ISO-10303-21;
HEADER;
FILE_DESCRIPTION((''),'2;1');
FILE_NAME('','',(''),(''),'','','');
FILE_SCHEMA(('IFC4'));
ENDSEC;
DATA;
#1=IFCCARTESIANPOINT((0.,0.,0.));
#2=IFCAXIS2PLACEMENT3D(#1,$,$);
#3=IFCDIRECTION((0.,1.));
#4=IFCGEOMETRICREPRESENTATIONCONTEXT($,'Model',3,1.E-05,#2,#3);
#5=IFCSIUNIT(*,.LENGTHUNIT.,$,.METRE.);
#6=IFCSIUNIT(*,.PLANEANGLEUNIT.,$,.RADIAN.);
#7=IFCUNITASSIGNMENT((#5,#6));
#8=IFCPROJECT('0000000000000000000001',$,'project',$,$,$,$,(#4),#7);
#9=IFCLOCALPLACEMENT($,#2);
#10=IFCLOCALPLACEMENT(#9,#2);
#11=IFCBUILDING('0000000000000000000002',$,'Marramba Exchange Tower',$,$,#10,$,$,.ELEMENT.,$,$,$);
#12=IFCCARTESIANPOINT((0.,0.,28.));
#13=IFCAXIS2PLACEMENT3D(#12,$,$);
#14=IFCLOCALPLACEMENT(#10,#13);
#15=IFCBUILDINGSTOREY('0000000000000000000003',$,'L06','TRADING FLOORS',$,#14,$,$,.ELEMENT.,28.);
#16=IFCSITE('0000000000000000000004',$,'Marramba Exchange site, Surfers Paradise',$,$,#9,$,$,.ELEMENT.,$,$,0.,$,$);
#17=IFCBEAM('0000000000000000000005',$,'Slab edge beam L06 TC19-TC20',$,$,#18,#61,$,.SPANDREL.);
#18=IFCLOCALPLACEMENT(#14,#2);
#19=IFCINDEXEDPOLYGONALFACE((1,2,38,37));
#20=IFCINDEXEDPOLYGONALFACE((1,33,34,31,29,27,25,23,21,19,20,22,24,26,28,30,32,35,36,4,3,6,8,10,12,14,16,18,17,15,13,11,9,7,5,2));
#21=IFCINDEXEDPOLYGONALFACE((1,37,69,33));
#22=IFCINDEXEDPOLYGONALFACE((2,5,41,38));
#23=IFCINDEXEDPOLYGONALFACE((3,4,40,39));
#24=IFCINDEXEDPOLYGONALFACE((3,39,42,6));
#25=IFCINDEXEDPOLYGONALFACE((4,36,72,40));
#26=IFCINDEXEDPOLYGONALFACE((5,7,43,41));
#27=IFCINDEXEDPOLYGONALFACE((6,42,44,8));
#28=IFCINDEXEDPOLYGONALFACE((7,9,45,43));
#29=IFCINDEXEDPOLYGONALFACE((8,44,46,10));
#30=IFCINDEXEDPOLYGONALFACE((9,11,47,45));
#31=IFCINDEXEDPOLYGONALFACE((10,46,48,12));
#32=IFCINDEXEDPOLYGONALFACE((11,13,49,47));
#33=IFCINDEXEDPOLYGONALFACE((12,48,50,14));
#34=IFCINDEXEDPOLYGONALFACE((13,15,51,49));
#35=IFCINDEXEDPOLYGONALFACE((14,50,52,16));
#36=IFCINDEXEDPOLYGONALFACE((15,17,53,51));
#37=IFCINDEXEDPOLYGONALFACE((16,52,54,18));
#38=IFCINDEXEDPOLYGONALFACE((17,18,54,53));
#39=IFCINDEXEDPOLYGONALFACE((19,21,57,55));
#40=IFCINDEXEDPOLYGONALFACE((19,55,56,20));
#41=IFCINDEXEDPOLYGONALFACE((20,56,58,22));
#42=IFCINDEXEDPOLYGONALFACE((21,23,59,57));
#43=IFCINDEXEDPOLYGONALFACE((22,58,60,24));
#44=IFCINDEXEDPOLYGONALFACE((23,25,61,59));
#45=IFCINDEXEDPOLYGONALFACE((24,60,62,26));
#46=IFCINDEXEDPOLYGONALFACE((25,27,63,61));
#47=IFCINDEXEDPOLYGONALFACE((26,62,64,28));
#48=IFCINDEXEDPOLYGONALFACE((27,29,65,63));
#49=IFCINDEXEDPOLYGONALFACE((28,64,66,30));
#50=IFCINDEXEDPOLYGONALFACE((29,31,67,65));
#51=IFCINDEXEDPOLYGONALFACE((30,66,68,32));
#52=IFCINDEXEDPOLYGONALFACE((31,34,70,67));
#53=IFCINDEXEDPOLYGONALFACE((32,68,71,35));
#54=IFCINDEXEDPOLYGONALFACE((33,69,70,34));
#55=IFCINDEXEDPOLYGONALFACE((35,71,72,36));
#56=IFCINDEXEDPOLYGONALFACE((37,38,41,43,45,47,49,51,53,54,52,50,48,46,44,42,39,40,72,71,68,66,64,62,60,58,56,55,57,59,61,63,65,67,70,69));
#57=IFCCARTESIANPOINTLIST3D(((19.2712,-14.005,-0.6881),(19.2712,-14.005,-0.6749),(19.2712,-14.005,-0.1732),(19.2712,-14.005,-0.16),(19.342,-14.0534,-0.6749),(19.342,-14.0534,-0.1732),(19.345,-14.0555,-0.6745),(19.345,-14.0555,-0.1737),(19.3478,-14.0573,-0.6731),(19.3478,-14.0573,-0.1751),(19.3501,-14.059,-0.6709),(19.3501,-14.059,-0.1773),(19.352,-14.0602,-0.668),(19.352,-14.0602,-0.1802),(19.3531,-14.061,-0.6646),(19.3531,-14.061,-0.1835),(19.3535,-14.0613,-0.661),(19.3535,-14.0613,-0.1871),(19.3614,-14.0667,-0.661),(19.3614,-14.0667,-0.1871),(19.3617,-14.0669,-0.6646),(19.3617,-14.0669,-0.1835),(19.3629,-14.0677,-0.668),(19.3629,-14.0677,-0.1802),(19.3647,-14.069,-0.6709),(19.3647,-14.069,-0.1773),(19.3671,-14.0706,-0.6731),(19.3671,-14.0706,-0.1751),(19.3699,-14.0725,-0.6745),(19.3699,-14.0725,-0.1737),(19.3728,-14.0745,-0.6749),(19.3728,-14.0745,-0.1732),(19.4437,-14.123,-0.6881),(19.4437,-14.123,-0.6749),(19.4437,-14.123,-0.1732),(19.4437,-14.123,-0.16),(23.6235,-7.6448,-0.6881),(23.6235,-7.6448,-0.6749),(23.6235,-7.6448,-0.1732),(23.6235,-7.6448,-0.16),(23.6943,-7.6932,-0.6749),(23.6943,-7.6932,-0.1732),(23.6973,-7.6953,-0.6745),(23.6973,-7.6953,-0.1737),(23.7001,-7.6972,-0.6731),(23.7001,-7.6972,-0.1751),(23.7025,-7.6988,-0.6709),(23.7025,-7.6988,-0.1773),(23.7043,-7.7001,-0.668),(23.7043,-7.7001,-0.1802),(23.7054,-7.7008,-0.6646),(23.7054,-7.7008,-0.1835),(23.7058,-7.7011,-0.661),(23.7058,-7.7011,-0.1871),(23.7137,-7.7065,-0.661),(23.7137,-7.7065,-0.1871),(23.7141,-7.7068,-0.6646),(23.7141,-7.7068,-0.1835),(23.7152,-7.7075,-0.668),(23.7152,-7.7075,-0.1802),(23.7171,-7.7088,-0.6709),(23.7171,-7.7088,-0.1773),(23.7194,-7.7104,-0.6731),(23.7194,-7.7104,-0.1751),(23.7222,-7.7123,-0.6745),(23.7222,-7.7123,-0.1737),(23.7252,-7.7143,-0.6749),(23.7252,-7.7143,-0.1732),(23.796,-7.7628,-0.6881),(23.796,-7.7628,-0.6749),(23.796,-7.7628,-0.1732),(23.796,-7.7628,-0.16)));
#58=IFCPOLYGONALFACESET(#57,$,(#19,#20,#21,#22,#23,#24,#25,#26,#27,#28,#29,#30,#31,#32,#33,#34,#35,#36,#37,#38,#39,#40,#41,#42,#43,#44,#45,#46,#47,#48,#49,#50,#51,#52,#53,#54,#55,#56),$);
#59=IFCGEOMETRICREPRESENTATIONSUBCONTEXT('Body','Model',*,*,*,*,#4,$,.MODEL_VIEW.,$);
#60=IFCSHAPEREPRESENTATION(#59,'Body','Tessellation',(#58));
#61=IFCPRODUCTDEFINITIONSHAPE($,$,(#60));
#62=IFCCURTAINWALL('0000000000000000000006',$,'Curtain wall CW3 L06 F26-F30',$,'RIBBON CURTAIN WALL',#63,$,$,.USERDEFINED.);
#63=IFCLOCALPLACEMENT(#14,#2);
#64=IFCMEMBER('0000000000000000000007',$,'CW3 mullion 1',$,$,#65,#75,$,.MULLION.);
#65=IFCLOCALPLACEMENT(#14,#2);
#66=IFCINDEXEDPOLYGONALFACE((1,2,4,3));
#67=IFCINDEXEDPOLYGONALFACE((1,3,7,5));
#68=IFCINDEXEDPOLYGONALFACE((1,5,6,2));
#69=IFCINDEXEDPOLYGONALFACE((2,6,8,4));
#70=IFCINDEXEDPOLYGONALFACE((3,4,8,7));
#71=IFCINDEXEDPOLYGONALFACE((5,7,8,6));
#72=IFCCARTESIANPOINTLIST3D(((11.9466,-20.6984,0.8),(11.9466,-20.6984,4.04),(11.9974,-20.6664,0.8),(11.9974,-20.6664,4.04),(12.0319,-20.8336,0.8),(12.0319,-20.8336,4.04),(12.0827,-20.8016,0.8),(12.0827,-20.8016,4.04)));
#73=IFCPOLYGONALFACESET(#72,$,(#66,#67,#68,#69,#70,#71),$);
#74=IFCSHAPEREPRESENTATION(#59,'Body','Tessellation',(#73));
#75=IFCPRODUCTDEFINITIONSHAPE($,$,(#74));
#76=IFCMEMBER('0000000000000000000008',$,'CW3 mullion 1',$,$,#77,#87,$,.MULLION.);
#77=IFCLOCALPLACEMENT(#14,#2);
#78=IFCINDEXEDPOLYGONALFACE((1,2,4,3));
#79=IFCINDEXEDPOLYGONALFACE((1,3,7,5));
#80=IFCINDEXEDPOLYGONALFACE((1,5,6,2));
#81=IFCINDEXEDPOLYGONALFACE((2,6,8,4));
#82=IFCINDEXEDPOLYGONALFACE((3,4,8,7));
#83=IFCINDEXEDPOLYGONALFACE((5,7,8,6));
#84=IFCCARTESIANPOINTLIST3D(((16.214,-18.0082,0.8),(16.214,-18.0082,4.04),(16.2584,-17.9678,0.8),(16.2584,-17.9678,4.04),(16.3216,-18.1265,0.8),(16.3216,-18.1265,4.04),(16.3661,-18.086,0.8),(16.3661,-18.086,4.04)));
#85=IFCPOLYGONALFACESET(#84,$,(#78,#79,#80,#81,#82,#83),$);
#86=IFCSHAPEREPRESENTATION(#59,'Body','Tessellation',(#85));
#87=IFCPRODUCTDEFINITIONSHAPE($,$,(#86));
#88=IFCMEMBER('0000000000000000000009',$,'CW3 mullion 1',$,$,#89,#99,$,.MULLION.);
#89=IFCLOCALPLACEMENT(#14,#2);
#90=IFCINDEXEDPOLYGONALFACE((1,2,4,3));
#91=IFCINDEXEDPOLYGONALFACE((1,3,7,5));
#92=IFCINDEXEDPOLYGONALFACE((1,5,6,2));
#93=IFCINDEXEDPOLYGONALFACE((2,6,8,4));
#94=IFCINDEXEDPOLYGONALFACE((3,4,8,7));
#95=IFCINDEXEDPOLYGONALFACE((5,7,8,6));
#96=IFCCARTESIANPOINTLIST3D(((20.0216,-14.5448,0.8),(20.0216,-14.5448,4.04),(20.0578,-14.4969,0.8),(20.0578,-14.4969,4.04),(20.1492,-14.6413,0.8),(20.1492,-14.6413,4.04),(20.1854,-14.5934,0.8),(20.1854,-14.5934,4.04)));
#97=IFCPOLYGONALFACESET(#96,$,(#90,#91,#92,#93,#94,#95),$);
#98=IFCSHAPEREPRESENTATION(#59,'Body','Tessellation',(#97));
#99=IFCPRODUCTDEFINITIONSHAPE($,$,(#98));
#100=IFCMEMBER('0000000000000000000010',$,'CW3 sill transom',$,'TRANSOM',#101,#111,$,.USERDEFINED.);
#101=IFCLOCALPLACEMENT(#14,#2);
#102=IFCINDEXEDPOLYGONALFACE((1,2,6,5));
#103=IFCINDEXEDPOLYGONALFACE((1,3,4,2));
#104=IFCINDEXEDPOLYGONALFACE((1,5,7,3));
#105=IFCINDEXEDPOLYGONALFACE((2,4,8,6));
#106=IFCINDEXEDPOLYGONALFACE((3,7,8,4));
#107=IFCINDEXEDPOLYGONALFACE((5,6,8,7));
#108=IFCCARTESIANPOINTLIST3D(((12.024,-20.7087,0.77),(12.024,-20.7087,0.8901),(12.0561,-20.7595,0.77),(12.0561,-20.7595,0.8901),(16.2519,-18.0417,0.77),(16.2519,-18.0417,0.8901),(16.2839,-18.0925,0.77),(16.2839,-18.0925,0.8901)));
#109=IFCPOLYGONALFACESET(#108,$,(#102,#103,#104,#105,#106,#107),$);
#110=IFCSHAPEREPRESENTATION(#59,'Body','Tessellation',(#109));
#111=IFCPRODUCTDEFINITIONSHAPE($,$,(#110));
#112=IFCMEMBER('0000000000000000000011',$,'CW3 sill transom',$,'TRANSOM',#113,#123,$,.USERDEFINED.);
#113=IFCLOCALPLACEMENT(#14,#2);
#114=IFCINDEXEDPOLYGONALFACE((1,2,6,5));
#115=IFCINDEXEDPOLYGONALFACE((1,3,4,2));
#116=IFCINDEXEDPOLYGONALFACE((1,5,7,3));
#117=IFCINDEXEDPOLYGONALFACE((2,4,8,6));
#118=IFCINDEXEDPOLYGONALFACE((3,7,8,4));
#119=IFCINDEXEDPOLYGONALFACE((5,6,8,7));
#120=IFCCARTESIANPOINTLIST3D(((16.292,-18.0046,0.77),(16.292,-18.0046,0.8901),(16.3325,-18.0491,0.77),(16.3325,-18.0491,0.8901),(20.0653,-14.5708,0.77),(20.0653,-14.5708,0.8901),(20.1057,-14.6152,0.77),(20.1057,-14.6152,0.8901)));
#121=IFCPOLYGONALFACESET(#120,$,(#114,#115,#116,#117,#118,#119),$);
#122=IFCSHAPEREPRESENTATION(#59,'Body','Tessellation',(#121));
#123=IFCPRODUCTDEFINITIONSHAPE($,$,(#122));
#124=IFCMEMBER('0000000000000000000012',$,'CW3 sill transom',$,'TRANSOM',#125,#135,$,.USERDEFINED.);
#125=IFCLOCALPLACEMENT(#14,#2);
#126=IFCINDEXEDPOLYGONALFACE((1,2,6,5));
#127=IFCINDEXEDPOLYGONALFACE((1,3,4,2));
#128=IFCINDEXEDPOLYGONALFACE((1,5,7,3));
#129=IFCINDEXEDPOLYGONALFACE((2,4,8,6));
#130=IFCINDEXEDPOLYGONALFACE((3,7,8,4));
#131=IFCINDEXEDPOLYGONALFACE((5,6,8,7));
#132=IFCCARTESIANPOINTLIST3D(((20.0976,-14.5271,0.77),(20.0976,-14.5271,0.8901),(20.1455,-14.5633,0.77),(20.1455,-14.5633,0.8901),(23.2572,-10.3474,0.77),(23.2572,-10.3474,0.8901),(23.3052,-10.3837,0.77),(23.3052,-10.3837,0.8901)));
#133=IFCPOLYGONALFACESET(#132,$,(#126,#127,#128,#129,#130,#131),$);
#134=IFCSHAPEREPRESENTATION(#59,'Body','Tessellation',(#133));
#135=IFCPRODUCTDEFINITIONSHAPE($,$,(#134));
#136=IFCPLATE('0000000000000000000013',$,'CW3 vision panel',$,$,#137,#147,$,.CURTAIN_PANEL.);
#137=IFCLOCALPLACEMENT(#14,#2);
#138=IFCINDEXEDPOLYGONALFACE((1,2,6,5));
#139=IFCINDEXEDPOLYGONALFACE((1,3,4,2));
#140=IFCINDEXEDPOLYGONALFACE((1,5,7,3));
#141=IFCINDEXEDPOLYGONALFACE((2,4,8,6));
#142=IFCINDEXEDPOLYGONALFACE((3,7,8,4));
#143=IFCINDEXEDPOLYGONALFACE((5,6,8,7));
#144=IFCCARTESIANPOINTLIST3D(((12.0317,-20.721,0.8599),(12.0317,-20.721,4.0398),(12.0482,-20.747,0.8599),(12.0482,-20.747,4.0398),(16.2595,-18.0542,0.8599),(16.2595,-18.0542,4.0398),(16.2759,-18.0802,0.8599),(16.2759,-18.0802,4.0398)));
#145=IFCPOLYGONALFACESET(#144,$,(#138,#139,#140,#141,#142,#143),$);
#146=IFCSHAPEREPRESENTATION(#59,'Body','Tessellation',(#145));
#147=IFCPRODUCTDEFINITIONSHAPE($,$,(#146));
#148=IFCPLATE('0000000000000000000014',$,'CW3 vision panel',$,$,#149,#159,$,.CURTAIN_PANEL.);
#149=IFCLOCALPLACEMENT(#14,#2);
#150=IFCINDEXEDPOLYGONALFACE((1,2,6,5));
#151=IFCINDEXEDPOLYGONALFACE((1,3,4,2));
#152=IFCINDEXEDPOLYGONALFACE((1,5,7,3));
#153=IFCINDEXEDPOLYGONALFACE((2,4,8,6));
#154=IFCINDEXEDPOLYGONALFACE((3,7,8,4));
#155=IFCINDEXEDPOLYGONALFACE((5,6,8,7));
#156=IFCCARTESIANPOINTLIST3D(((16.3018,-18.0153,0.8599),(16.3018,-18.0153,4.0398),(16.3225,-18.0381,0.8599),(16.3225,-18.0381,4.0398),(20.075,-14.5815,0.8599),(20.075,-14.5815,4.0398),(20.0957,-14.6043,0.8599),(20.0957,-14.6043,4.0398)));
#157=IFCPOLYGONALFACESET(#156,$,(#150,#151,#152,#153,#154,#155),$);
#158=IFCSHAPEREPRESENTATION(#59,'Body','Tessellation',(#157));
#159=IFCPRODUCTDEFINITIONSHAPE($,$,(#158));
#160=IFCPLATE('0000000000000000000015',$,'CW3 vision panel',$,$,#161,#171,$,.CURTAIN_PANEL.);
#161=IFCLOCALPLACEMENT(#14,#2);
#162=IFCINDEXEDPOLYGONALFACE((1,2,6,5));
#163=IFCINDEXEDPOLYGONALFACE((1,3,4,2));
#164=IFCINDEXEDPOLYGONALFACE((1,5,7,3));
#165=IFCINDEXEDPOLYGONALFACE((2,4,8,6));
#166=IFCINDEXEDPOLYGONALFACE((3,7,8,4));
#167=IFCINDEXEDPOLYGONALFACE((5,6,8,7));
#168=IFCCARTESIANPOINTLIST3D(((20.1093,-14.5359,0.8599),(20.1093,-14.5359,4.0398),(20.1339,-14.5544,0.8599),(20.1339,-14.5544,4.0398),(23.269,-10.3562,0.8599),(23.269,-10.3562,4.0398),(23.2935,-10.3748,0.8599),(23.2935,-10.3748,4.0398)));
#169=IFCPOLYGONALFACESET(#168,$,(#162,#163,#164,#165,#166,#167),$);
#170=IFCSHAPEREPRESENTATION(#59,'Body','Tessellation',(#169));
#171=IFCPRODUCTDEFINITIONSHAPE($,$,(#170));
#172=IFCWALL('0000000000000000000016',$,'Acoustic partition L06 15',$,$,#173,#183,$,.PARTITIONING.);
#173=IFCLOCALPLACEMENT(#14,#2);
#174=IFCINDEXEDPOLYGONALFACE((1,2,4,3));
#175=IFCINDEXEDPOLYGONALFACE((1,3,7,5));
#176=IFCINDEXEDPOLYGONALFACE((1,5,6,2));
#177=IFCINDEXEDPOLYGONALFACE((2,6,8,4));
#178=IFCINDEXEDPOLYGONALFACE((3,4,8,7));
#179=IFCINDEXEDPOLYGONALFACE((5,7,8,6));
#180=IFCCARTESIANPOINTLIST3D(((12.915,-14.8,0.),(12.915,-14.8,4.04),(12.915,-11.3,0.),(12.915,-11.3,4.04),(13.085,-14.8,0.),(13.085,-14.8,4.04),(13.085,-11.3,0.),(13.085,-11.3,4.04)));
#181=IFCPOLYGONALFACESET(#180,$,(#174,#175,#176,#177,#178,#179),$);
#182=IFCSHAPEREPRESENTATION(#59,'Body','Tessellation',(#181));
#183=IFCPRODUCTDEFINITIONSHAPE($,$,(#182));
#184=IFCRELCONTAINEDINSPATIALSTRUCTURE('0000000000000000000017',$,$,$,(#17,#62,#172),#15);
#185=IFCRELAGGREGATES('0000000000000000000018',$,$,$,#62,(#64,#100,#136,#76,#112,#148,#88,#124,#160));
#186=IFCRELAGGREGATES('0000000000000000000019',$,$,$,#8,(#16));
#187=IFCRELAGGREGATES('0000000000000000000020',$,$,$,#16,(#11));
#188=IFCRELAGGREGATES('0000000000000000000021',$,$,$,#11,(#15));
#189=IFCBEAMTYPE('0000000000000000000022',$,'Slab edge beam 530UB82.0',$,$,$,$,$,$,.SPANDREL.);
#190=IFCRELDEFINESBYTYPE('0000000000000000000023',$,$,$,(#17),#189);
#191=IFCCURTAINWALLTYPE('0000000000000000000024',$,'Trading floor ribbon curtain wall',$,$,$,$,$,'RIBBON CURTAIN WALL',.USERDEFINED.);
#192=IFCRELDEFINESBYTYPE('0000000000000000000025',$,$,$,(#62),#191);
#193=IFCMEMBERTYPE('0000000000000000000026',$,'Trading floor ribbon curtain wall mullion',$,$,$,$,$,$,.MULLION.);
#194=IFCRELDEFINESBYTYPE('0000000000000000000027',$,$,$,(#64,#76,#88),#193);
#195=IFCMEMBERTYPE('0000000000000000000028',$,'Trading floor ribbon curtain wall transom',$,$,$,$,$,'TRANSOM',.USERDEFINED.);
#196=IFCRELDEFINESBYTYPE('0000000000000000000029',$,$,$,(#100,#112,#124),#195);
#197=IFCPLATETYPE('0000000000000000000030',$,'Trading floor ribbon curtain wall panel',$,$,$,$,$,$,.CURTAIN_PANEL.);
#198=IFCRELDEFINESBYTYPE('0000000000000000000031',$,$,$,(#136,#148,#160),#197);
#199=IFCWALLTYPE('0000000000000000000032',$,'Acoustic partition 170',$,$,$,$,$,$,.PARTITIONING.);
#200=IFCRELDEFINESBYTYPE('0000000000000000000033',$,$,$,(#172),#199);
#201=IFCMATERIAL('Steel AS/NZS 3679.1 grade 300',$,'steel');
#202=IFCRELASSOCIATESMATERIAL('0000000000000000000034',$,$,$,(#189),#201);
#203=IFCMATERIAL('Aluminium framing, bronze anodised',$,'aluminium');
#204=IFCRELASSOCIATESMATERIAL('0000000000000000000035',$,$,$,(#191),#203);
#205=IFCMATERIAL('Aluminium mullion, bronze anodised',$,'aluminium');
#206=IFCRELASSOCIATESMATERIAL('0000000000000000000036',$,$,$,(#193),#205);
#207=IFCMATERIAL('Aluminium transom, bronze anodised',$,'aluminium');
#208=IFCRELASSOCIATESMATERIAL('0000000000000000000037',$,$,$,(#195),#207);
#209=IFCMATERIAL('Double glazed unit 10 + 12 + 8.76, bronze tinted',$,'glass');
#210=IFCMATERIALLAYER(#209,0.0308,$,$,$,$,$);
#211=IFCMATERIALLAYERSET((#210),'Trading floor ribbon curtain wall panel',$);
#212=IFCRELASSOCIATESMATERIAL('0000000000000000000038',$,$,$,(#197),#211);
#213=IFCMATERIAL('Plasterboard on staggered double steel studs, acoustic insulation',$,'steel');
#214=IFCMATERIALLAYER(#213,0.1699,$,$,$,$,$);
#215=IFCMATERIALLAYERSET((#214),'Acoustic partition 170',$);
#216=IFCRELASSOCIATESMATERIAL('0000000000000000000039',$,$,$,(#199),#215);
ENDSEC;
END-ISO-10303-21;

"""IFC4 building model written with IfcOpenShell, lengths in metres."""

from ifc_helpers import new_model, si_unit, direction, frame, frame_2d, origin, origin_2d, place, context, subcontext, project, spatial, rectangle, i_section, extrude, material, layer, layer_set, material_profile, profile_set, type_object, element, aggregate, save


model = new_model("IFC4")

# Units and contexts
model_context = context("Model", 3, precision=1e-05, world=origin(), true_north=direction((0.0, 1.0)))
body_context = subcontext(model_context, "Body", "Model", "MODEL_VIEW")
ifc_project = project(units=[si_unit("LENGTHUNIT", "METRE"), si_unit("PLANEANGLEUNIT", "RADIAN")], contexts=[model_context])

# Site, building, storey
site_placement = place(None, origin())
site = spatial("IfcSite", under=ifc_project, at=site_placement, Name="Marramba Exchange site, Surfers Paradise", CompositionType="ELEMENT", RefElevation=0.0)
building_placement = place(site_placement, origin())
building = spatial("IfcBuilding", under=site, at=building_placement, Name="Marramba Exchange Tower", CompositionType="ELEMENT")
storey_placement = place(building_placement, frame((0.0, 0.0, 28.0)))
storey = spatial("IfcBuildingStorey", under=building, at=storey_placement, Name="L06", Description="TRADING FLOORS", CompositionType="ELEMENT", Elevation=28.0)

# Beam
ifc_material_1 = material(Name="Steel AS/NZS 3679.1 grade 300", Category="steel")
ifc_material_profile_1 = material_profile(ifc_material_1, i_section(OverallWidth=0.209, OverallDepth=0.5281, WebThickness=0.0095, FlangeThickness=0.0132, FilletRadius=0.0139, at=origin_2d()), Name="530UB82.0")
ifc_profile_set_1 = profile_set([ifc_material_profile_1], Name="Steel AS/NZS 3679.1 grade 300")
beam_type_1 = type_object("IfcBeamType", Name="Slab edge beam 530UB82.0", PredefinedType="SPANDREL", material=ifc_profile_set_1)
beam_1_placement = place(storey_placement, frame((19.3574, -14.064, -0.4241), z_axis=(0.564741, 0.825268, 0.0), x_axis=(-0.825268, 0.564741, 0.0)))
element("IfcBeam", 1, at=beam_1_placement, inside=storey, type_object=beam_type_1, Name="Slab edge beam L06 TC19-TC20", PredefinedType="SPANDREL", context=body_context, shape_type="SweptSolid", body=[
    extrude(i_section(OverallWidth=0.209, OverallDepth=0.5281, WebThickness=0.0095, FlangeThickness=0.0132, FilletRadius=0.0139, at=origin_2d()), origin(), (0.0, 0.0, 1.0), 7.7068),
])

# Curtain wall, members, plates
ifc_material_2 = material(Name="Aluminium framing, bronze anodised", Category="aluminium")
curtain_wall_type = type_object("IfcCurtainWallType", Name="Trading floor ribbon curtain wall", ElementType="RIBBON CURTAIN WALL", PredefinedType="USERDEFINED", material=ifc_material_2)
curtain_wall_placement = place(storey_placement, origin())
curtain_wall = element("IfcCurtainWall", 2, at=curtain_wall_placement, inside=storey, type_object=curtain_wall_type, Name="Curtain wall CW3 L06 F26-F30", ObjectType="RIBBON CURTAIN WALL", PredefinedType="USERDEFINED")
ifc_material_3 = material(Name="Aluminium mullion, bronze anodised", Category="aluminium")
ifc_material_profile_2 = material_profile(ifc_material_3, rectangle(XDim=0.1599, YDim=0.0601, at=origin_2d()), Name="CW3 mullion 60x160")
ifc_profile_set_2 = profile_set([ifc_material_profile_2], Name="Aluminium mullion, bronze anodised")
member_type_1 = type_object("IfcMemberType", Name="Trading floor ribbon curtain wall mullion", PredefinedType="MULLION", material=ifc_profile_set_2)
member_1_placement = place(storey_placement, frame((12.0146, -20.75, 0.8), z_axis=(0.0, 0.0, 1.0), x_axis=(-0.533515, 0.845791, 0.0)))
member_1 = element("IfcMember", 3, at=member_1_placement, type_object=member_type_1, Name="CW3 mullion 1", PredefinedType="MULLION", context=body_context, shape_type="SweptSolid", body=[
    extrude(rectangle(XDim=0.1599, YDim=0.0601, at=origin_2d()), origin(), (0.0, 0.0, 1.0), 3.24),
])
member_2_placement = place(storey_placement, frame((16.29, -18.0471, 0.8), z_axis=(0.0, 0.0, 1.0), x_axis=(-0.673058, 0.73959, 0.0)))
member_2 = element("IfcMember", 4, at=member_2_placement, type_object=member_type_1, Name="CW3 mullion 1", PredefinedType="MULLION", context=body_context, shape_type="SweptSolid", body=[
    extrude(rectangle(XDim=0.1599, YDim=0.0601, at=origin_2d()), origin(), (0.0, 0.0, 1.0), 3.24),
])
member_3_placement = place(storey_placement, frame((20.1035, -14.5691, 0.8), z_axis=(0.0, 0.0, 1.0), x_axis=(-0.797711, 0.60304, 0.0)))
member_3 = element("IfcMember", 5, at=member_3_placement, type_object=member_type_1, Name="CW3 mullion 1", PredefinedType="MULLION", context=body_context, shape_type="SweptSolid", body=[
    extrude(rectangle(XDim=0.1599, YDim=0.0601, at=origin_2d()), origin(), (0.0, 0.0, 1.0), 3.24),
])
ifc_material_4 = material(Name="Aluminium transom, bronze anodised", Category="aluminium")
ifc_material_profile_3 = material_profile(ifc_material_4, rectangle(XDim=0.0601, YDim=0.1201, at=origin_2d()), Name="CW3 transom 60x120")
ifc_profile_set_3 = profile_set([ifc_material_profile_3], Name="Aluminium transom, bronze anodised")
member_type_2 = type_object("IfcMemberType", Name="Trading floor ribbon curtain wall transom", ElementType="TRANSOM", PredefinedType="USERDEFINED", material=ifc_profile_set_3)
member_4_placement = place(storey_placement, frame((12.04, -20.7341, 0.8301), z_axis=(0.845777, 0.533537, 0.0), x_axis=(-0.533537, 0.845777, 0.0)))
member_4 = element("IfcMember", 6, at=member_4_placement, type_object=member_type_2, Name="CW3 sill transom", ObjectType="TRANSOM", PredefinedType="USERDEFINED", context=body_context, shape_type="SweptSolid", body=[
    extrude(rectangle(XDim=0.0601, YDim=0.1201, at=origin_2d()), origin(), (0.0, 0.0, 1.0), 4.9988),
])
member_5_placement = place(storey_placement, frame((16.3123, -18.0269, 0.8301), z_axis=(0.739583, 0.673066, 0.0), x_axis=(-0.673066, 0.739583, 0.0)))
member_5 = element("IfcMember", 7, at=member_5_placement, type_object=member_type_2, Name="CW3 sill transom", ObjectType="TRANSOM", PredefinedType="USERDEFINED", context=body_context, shape_type="SweptSolid", body=[
    extrude(rectangle(XDim=0.0601, YDim=0.1201, at=origin_2d()), origin(), (0.0, 0.0, 1.0), 5.1018),
])
member_6_placement = place(storey_placement, frame((20.1216, -14.5452, 0.8301), z_axis=(0.603037, 0.797713, 0.0), x_axis=(-0.797713, 0.603037, 0.0)))
member_6 = element("IfcMember", 8, at=member_6_placement, type_object=member_type_2, Name="CW3 sill transom", ObjectType="TRANSOM", PredefinedType="USERDEFINED", context=body_context, shape_type="SweptSolid", body=[
    extrude(rectangle(XDim=0.0601, YDim=0.1201, at=origin_2d()), origin(), (0.0, 0.0, 1.0), 5.2395),
])
ifc_material_5 = material(Name="Double glazed unit 10 + 12 + 8.76, bronze tinted", Category="glass")
ifc_layer_1 = layer(ifc_material_5, 0.0308)
ifc_layer_set_1 = layer_set([ifc_layer_1], Name="Trading floor ribbon curtain wall panel")
plate_type = type_object("IfcPlateType", Name="Trading floor ribbon curtain wall panel", PredefinedType="CURTAIN_PANEL", material=ifc_layer_set_1)
plate_1_placement = place(storey_placement, frame((14.1538, -19.4006, 0.8599), z_axis=(0.0, 0.0, 1.0), x_axis=(0.845791, 0.533515, 0.0)))
plate_1 = element("IfcPlate", 9, at=plate_1_placement, type_object=plate_type, Name="CW3 vision panel", PredefinedType="CURTAIN_PANEL", context=body_context, shape_type="SweptSolid", body=[
    extrude(rectangle(XDim=4.9985, YDim=0.0308, at=origin_2d()), origin(), (0.0, 0.0, 1.0), 3.1799),
])
plate_2_placement = place(storey_placement, frame((18.1987, -16.3098, 0.8599), z_axis=(0.0, 0.0, 1.0), x_axis=(0.73959, 0.673058, 0.0)))
plate_2 = element("IfcPlate", 10, at=plate_2_placement, type_object=plate_type, Name="CW3 vision panel", PredefinedType="CURTAIN_PANEL", context=body_context, shape_type="SweptSolid", body=[
    extrude(rectangle(XDim=5.1018, YDim=0.0308, at=origin_2d()), origin(), (0.0, 0.0, 1.0), 3.1799),
])
plate_3_placement = place(storey_placement, frame((21.7014, -12.4553, 0.8599), z_axis=(0.0, 0.0, 1.0), x_axis=(0.60304, 0.797711, 0.0)))
plate_3 = element("IfcPlate", 11, at=plate_3_placement, type_object=plate_type, Name="CW3 vision panel", PredefinedType="CURTAIN_PANEL", context=body_context, shape_type="SweptSolid", body=[
    extrude(rectangle(XDim=5.2395, YDim=0.0308, at=origin_2d()), origin(), (0.0, 0.0, 1.0), 3.1799),
])
aggregate(curtain_wall, [member_1, member_4, plate_1, member_2, member_5, plate_2, member_3, member_6, plate_3])

# Wall
ifc_material_6 = material(Name="Plasterboard on staggered double steel studs, acoustic insulation", Category="steel")
ifc_layer_2 = layer(ifc_material_6, 0.1699)
ifc_layer_set_2 = layer_set([ifc_layer_2], Name="Acoustic partition 170")
wall_type = type_object("IfcWallType", Name="Acoustic partition 170", PredefinedType="PARTITIONING", material=ifc_layer_set_2)
wall_placement = place(storey_placement, frame((13.0, -14.8, 0.0), z_axis=(0.0, 0.0, 1.0), x_axis=(0.0, 1.0, 0.0)))
element("IfcWall", 12, at=wall_placement, inside=storey, type_object=wall_type, Name="Acoustic partition L06 15", PredefinedType="PARTITIONING", context=body_context, shape_type="SweptSolid", body=[
    extrude(rectangle(XDim=3.5, YDim=0.1699, at=frame_2d((1.75, 0.0))), origin(), (0.0, 0.0, 1.0), 4.04),
])

save(model, "model.ifc")
